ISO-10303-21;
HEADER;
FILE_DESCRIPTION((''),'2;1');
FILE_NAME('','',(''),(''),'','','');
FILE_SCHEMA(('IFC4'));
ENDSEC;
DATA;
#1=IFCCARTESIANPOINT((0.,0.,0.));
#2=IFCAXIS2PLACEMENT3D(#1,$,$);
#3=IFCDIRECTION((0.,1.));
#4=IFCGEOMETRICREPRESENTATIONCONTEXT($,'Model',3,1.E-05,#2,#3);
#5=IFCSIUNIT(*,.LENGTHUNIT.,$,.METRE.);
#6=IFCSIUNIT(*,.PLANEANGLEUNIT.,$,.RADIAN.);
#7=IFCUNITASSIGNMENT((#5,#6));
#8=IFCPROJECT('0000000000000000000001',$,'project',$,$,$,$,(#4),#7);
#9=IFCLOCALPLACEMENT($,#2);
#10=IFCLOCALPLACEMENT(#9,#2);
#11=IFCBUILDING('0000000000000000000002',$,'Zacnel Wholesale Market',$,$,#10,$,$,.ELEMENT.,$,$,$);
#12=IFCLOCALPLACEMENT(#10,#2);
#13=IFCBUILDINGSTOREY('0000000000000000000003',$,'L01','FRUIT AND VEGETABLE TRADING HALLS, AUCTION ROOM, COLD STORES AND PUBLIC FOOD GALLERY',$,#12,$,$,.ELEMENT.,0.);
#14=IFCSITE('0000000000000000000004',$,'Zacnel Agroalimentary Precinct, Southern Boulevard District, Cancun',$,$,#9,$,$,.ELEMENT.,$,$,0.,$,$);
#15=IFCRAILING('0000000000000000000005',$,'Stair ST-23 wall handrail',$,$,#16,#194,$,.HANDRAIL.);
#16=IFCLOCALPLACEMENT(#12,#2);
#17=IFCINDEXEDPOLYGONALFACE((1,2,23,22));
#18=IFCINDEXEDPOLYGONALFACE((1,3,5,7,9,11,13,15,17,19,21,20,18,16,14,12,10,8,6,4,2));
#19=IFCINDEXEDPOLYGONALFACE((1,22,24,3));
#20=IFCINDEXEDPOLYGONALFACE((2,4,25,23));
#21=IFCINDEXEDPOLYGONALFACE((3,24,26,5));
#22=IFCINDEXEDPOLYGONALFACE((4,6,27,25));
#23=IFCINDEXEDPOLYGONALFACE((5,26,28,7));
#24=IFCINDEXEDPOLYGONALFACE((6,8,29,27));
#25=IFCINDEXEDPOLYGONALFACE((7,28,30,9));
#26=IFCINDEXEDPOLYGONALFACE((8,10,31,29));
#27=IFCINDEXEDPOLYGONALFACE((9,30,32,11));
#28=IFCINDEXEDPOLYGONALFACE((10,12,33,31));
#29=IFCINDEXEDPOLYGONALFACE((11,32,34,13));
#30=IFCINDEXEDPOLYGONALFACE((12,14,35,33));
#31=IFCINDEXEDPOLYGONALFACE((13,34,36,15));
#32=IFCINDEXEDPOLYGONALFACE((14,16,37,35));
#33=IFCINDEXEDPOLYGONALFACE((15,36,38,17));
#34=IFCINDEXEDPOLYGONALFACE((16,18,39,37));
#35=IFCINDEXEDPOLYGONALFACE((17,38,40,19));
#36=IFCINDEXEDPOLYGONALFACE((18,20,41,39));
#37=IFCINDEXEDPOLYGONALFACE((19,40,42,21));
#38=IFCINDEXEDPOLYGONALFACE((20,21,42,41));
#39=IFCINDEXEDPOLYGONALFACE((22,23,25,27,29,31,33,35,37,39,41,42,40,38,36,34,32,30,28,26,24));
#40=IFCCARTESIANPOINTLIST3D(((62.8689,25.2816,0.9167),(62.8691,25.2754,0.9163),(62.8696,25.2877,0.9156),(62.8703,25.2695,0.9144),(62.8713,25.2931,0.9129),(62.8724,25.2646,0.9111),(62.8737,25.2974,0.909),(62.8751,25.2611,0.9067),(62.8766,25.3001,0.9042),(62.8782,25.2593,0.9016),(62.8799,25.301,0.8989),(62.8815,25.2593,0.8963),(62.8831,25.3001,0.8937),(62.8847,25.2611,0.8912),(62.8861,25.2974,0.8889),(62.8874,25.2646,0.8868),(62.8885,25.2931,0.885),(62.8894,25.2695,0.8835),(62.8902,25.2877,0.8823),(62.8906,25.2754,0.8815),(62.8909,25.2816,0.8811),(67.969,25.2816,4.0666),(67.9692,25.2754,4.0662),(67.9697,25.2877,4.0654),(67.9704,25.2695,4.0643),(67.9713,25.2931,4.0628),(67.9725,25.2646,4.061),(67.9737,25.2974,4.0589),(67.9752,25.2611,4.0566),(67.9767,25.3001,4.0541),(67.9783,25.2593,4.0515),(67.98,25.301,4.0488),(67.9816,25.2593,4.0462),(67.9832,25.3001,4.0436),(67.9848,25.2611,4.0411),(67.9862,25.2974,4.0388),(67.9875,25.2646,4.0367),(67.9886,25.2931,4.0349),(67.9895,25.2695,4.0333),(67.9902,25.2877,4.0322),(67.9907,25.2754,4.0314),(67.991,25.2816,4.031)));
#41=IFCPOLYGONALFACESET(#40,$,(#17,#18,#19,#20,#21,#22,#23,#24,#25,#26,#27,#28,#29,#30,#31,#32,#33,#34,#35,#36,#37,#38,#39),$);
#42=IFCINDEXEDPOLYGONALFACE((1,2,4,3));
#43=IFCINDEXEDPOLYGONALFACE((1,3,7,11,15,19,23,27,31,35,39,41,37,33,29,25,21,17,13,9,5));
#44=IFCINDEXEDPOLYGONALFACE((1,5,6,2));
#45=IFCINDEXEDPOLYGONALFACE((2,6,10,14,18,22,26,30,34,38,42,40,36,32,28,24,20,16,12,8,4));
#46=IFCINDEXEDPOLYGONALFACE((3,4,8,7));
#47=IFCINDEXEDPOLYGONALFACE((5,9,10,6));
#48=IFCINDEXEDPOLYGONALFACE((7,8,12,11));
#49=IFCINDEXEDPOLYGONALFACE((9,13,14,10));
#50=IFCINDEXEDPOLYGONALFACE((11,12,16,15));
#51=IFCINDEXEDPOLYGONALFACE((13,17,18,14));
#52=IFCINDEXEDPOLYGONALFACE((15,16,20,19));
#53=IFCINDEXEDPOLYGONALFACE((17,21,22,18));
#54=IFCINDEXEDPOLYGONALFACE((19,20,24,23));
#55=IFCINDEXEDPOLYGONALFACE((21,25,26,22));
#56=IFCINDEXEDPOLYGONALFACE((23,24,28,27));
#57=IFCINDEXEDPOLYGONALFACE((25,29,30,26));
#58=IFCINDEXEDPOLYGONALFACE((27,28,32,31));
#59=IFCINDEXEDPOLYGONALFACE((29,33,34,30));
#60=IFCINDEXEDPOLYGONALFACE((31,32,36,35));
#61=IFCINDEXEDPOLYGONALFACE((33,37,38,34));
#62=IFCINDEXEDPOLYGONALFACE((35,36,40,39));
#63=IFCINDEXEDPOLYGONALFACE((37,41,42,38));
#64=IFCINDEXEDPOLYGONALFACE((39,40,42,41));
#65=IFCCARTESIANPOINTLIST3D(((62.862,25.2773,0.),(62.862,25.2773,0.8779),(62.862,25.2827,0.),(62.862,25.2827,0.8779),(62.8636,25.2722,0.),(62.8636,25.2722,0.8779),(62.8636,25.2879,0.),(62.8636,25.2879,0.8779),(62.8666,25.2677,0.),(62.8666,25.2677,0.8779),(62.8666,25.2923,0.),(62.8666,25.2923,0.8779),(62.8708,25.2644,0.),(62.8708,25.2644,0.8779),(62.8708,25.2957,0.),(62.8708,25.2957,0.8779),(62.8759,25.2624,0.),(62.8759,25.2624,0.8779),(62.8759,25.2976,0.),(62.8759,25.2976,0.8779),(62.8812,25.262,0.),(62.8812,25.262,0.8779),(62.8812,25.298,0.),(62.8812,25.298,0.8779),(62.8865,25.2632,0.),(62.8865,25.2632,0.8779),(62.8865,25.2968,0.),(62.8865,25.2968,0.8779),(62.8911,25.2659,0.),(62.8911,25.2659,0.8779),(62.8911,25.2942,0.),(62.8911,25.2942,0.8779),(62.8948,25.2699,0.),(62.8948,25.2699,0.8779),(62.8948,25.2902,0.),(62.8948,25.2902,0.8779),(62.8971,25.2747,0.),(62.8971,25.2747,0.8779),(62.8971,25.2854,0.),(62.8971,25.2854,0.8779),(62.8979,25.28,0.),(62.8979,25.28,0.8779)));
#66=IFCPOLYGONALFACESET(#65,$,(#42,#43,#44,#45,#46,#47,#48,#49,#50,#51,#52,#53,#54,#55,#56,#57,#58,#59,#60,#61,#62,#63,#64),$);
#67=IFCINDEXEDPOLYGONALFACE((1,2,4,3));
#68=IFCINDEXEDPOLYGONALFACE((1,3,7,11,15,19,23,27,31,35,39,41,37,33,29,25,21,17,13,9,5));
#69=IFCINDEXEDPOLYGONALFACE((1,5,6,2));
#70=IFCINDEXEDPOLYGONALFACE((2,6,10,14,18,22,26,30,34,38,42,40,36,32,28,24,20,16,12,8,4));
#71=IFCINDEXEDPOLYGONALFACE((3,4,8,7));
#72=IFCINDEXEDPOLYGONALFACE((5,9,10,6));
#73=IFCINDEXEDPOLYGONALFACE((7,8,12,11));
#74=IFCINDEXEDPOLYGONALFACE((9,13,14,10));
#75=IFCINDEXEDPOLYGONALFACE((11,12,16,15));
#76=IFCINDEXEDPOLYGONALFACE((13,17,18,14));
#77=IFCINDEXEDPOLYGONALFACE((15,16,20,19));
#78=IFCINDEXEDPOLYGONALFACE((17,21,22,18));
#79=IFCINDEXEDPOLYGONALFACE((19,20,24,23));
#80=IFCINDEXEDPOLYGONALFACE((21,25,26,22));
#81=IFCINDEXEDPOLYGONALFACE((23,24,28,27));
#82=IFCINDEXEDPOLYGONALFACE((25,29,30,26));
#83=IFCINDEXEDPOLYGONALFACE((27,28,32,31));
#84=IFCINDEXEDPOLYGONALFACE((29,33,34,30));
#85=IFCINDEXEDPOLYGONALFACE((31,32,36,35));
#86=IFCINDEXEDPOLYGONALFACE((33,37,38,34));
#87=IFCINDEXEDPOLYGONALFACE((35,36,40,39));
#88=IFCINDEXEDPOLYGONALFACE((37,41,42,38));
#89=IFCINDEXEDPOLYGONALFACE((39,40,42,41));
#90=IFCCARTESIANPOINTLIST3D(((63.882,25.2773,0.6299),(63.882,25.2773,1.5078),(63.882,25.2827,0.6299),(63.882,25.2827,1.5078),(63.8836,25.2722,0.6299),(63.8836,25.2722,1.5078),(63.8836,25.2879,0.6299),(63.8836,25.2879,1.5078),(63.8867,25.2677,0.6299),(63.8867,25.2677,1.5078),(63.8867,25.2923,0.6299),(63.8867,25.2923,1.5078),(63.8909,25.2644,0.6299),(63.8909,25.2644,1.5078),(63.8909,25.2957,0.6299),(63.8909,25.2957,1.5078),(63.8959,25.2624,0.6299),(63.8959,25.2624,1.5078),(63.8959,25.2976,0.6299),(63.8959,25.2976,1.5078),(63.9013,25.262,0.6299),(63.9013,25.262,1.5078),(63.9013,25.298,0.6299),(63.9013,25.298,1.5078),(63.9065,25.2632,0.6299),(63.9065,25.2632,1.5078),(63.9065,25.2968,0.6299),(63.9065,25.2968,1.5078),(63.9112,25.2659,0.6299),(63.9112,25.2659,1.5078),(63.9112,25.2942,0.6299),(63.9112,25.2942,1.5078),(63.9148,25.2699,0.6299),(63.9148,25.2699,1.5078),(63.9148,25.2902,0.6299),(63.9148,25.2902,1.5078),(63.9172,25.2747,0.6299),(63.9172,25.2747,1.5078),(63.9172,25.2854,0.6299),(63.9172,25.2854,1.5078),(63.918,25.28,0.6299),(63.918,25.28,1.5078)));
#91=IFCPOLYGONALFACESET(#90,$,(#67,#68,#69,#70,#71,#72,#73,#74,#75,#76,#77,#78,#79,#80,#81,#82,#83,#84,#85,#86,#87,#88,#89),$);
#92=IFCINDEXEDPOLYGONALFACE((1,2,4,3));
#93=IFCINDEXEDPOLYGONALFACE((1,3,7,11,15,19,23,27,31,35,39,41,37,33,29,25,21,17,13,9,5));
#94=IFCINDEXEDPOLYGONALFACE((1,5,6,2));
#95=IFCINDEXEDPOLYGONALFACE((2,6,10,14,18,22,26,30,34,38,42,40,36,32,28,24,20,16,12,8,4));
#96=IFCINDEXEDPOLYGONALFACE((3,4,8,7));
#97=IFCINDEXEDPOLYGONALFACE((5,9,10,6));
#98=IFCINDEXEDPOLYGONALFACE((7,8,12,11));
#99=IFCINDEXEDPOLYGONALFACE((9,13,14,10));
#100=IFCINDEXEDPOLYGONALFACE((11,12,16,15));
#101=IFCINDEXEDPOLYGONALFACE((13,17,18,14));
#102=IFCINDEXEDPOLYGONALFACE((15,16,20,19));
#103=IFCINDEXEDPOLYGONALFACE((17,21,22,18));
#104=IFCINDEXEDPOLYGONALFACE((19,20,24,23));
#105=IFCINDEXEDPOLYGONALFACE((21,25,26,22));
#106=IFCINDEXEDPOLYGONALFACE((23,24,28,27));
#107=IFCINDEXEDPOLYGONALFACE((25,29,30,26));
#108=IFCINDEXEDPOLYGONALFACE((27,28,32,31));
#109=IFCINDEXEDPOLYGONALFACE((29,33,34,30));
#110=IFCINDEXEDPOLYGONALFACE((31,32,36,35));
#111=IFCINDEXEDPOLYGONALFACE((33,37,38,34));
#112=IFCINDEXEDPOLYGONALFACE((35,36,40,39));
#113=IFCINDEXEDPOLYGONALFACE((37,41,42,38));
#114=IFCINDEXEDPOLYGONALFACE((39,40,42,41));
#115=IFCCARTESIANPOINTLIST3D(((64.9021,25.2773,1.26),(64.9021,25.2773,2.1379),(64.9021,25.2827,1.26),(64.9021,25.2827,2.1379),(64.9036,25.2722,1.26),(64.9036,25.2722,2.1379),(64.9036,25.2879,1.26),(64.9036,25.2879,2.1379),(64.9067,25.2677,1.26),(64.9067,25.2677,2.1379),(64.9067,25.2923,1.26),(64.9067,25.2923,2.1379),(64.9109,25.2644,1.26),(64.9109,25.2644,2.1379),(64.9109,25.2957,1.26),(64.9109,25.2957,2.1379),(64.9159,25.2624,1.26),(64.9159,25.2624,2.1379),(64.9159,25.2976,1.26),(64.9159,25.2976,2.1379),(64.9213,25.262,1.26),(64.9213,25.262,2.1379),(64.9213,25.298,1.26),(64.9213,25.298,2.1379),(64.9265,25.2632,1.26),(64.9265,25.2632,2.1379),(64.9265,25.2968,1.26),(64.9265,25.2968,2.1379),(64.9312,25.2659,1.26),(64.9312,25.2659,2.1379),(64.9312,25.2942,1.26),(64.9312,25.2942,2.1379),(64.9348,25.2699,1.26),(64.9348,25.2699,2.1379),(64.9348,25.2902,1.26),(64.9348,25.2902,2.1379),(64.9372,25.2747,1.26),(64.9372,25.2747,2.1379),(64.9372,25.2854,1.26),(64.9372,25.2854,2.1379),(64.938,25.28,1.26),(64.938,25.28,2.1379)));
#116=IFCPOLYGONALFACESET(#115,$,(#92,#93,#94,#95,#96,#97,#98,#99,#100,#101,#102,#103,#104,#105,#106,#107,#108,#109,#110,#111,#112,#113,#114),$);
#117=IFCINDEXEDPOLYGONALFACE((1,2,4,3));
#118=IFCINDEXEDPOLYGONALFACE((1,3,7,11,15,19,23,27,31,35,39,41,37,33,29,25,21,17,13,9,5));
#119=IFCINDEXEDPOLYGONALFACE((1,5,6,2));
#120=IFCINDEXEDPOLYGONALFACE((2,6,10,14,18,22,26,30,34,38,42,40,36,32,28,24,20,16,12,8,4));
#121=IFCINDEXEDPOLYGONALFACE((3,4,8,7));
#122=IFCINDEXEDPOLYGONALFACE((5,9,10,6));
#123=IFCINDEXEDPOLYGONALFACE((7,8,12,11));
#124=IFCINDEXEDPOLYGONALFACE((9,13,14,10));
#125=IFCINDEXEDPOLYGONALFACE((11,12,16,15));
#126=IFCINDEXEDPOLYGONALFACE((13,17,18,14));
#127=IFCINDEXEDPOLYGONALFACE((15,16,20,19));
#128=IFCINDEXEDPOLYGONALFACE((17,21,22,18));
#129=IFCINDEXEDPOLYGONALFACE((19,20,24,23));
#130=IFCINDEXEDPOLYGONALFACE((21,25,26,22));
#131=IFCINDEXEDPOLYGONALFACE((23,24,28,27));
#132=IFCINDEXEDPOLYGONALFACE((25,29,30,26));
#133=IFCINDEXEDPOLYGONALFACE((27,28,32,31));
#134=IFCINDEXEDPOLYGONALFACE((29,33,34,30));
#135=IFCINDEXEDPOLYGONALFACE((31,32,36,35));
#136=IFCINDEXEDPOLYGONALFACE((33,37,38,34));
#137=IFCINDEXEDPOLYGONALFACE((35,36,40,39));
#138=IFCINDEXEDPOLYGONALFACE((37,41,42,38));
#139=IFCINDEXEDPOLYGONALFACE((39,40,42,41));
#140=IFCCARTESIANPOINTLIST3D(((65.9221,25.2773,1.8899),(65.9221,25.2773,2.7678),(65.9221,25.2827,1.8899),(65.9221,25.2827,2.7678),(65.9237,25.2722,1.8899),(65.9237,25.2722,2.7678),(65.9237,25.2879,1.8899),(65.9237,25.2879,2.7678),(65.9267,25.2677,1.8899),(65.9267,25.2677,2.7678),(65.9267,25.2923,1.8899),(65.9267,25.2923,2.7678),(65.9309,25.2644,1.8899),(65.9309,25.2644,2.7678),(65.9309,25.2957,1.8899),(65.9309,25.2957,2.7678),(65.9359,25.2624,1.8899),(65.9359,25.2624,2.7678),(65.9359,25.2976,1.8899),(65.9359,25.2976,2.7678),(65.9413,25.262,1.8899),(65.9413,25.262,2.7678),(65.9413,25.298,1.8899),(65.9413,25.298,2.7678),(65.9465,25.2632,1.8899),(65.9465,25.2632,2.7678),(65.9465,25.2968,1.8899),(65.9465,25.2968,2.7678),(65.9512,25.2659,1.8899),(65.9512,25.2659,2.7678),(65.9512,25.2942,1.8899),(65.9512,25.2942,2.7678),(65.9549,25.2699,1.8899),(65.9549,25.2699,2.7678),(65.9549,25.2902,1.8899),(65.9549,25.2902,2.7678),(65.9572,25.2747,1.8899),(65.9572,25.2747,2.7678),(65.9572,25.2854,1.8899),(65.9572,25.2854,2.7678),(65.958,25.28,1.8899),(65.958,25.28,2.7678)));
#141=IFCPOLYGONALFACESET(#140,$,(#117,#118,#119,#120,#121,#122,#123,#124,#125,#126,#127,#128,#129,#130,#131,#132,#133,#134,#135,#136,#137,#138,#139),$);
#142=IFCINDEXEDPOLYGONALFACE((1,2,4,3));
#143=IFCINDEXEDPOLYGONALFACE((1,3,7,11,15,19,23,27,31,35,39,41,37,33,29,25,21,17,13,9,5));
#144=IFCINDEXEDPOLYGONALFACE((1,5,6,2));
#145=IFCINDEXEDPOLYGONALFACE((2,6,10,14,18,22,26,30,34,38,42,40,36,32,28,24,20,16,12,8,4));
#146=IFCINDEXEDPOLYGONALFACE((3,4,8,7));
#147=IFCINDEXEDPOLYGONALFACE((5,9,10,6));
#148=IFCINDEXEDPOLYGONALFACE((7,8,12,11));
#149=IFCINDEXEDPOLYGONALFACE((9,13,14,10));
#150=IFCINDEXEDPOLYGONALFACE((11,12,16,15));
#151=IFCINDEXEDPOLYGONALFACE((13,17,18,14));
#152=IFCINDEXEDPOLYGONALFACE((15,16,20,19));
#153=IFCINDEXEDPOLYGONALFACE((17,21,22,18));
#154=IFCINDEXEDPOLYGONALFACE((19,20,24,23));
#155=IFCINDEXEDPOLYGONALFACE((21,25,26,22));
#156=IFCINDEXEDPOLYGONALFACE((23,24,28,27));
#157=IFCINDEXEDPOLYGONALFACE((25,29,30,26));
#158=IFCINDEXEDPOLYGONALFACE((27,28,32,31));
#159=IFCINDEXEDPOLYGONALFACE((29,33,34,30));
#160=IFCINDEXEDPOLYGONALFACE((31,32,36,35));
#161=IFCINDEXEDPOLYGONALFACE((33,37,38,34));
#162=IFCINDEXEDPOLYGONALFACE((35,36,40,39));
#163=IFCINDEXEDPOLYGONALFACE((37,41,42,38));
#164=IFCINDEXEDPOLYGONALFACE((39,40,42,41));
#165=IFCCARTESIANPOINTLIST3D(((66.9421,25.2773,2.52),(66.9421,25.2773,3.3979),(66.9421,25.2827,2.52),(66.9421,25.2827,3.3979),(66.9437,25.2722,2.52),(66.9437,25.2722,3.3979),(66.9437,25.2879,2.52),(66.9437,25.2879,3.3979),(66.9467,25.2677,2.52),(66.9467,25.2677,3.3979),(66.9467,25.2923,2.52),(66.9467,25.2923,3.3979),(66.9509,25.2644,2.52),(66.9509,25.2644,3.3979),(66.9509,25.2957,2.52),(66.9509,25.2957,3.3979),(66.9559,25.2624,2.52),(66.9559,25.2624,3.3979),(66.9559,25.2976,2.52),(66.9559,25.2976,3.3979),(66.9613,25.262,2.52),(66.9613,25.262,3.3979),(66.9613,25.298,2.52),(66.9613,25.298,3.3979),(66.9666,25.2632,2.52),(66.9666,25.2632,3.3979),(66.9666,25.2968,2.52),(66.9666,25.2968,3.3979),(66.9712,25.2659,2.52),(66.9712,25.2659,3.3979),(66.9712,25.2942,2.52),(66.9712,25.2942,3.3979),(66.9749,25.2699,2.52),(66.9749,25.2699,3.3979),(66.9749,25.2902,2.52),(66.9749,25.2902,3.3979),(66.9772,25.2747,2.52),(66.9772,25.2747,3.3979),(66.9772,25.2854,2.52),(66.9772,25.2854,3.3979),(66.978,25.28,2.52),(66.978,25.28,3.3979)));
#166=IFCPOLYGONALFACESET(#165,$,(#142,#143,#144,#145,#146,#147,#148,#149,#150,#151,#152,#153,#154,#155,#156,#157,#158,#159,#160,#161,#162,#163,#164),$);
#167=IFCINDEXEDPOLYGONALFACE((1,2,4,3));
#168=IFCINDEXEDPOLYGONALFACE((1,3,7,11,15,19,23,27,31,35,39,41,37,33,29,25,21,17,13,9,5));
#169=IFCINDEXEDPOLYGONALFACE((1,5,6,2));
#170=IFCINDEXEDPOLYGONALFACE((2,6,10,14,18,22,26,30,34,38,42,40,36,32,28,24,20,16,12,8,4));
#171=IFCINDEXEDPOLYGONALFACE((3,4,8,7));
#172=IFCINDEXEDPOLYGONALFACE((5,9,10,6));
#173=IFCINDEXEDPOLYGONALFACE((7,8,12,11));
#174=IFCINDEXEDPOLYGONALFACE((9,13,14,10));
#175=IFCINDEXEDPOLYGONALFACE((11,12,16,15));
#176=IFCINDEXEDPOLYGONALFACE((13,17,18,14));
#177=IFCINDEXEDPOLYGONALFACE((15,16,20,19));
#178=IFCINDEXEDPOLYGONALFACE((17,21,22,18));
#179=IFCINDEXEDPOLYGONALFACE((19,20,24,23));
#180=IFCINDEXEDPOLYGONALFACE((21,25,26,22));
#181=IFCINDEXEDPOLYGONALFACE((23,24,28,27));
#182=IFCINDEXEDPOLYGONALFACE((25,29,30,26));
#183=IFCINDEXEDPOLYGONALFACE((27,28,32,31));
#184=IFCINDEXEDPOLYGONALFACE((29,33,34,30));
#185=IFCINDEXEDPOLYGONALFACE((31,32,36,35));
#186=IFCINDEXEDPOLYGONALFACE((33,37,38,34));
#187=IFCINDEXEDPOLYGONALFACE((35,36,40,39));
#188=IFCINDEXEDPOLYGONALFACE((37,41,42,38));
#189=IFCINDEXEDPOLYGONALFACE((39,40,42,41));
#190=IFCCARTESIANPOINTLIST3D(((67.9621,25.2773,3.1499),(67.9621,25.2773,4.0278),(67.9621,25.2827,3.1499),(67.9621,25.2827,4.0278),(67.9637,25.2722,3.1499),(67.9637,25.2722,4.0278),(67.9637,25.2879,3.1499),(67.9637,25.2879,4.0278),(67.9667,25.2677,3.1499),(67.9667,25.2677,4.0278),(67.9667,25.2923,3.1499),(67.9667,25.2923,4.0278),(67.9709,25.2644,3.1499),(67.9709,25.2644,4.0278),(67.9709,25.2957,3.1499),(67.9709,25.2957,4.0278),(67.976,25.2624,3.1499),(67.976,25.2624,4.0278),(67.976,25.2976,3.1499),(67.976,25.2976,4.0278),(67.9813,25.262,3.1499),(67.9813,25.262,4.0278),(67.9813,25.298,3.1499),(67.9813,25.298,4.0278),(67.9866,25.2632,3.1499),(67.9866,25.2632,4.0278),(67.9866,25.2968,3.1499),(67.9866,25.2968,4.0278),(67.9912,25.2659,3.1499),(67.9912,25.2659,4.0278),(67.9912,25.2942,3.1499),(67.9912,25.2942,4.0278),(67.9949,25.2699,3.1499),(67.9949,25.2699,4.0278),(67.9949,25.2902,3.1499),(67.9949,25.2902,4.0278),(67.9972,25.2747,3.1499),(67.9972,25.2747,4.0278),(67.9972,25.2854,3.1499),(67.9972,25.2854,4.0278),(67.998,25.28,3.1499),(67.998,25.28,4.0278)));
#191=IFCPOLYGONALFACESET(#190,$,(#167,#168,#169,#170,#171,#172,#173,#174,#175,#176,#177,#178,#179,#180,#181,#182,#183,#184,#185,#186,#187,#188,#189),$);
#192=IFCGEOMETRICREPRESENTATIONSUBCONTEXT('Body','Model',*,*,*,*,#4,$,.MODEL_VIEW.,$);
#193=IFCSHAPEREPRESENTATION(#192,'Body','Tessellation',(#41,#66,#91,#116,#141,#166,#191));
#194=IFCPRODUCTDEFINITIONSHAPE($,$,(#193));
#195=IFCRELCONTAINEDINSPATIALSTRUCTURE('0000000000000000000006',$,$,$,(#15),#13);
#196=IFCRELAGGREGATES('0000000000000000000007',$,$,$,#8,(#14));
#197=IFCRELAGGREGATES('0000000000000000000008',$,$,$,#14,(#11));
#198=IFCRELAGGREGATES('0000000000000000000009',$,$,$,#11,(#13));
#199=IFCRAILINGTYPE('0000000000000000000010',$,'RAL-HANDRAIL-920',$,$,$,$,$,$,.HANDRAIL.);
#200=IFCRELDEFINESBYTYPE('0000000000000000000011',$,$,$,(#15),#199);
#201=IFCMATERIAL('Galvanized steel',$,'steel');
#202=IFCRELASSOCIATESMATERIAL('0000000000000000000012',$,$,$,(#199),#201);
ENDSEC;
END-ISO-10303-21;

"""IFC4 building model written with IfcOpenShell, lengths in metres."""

from ifc_helpers import new_model, si_unit, direction, frame, origin, origin_2d, place, context, subcontext, project, spatial, circle, extrude, material, type_object, element, save


model = new_model("IFC4")

# Units and contexts
model_context = context("Model", 3, precision=1e-05, world=origin(), true_north=direction((0.0, 1.0)))
body_context = subcontext(model_context, "Body", "Model", "MODEL_VIEW")
ifc_project = project(units=[si_unit("LENGTHUNIT", "METRE"), si_unit("PLANEANGLEUNIT", "RADIAN")], contexts=[model_context])

# Site, building, storey
site_placement = place(None, origin())
site = spatial("IfcSite", under=ifc_project, at=site_placement, Name="Zacnel Agroalimentary Precinct, Southern Boulevard District, Cancun", CompositionType="ELEMENT", RefElevation=0.0)
building_placement = place(site_placement, origin())
building = spatial("IfcBuilding", under=site, at=building_placement, Name="Zacnel Wholesale Market", CompositionType="ELEMENT")
storey_placement = place(building_placement, origin())
storey = spatial("IfcBuildingStorey", under=building, at=storey_placement, Name="L01", Description="FRUIT AND VEGETABLE TRADING HALLS, AUCTION ROOM, COLD STORES AND PUBLIC FOOD GALLERY", CompositionType="ELEMENT", Elevation=0.0)

# Railing
ifc_material_1 = material(Name="Galvanized steel", Category="steel")
railing_type_1 = type_object("IfcRailingType", Name="RAL-HANDRAIL-920", PredefinedType="HANDRAIL", material=ifc_material_1)
railing_1_placement = place(storey_placement, frame((62.8799, 25.28, 0.0)))
element("IfcRailing", 1, at=railing_1_placement, inside=storey, type_object=railing_type_1, Name="Stair ST-23 wall handrail", PredefinedType="HANDRAIL", context=body_context, shape_type="SweptSolid", body=[
    extrude(circle(Radius=0.021, at=origin_2d()), frame((0.0, 0.0, 0.8989), z_axis=(0.85081, 0.0, 0.525474), x_axis=(0.0, 1.0, 0.0)), (0.0, 0.0, 1.0), 5.9944),
    extrude(circle(Radius=0.0181, at=origin_2d()), origin(), (0.0, 0.0, 1.0), 0.8779),
    extrude(circle(Radius=0.0181, at=origin_2d()), frame((1.02, 0.0, 0.6299)), (0.0, 0.0, 1.0), 0.8779),
    extrude(circle(Radius=0.0181, at=origin_2d()), frame((2.04, 0.0, 1.26)), (0.0, 0.0, 1.0), 0.8779),
    extrude(circle(Radius=0.0181, at=origin_2d()), frame((3.0601, 0.0, 1.8899)), (0.0, 0.0, 1.0), 0.8779),
    extrude(circle(Radius=0.0181, at=origin_2d()), frame((4.0801, 0.0, 2.52)), (0.0, 0.0, 1.0), 0.8779),
    extrude(circle(Radius=0.0181, at=origin_2d()), frame((5.1001, 0.0, 3.1499)), (0.0, 0.0, 1.0), 0.8779),
])

save(model, "model.ifc")
